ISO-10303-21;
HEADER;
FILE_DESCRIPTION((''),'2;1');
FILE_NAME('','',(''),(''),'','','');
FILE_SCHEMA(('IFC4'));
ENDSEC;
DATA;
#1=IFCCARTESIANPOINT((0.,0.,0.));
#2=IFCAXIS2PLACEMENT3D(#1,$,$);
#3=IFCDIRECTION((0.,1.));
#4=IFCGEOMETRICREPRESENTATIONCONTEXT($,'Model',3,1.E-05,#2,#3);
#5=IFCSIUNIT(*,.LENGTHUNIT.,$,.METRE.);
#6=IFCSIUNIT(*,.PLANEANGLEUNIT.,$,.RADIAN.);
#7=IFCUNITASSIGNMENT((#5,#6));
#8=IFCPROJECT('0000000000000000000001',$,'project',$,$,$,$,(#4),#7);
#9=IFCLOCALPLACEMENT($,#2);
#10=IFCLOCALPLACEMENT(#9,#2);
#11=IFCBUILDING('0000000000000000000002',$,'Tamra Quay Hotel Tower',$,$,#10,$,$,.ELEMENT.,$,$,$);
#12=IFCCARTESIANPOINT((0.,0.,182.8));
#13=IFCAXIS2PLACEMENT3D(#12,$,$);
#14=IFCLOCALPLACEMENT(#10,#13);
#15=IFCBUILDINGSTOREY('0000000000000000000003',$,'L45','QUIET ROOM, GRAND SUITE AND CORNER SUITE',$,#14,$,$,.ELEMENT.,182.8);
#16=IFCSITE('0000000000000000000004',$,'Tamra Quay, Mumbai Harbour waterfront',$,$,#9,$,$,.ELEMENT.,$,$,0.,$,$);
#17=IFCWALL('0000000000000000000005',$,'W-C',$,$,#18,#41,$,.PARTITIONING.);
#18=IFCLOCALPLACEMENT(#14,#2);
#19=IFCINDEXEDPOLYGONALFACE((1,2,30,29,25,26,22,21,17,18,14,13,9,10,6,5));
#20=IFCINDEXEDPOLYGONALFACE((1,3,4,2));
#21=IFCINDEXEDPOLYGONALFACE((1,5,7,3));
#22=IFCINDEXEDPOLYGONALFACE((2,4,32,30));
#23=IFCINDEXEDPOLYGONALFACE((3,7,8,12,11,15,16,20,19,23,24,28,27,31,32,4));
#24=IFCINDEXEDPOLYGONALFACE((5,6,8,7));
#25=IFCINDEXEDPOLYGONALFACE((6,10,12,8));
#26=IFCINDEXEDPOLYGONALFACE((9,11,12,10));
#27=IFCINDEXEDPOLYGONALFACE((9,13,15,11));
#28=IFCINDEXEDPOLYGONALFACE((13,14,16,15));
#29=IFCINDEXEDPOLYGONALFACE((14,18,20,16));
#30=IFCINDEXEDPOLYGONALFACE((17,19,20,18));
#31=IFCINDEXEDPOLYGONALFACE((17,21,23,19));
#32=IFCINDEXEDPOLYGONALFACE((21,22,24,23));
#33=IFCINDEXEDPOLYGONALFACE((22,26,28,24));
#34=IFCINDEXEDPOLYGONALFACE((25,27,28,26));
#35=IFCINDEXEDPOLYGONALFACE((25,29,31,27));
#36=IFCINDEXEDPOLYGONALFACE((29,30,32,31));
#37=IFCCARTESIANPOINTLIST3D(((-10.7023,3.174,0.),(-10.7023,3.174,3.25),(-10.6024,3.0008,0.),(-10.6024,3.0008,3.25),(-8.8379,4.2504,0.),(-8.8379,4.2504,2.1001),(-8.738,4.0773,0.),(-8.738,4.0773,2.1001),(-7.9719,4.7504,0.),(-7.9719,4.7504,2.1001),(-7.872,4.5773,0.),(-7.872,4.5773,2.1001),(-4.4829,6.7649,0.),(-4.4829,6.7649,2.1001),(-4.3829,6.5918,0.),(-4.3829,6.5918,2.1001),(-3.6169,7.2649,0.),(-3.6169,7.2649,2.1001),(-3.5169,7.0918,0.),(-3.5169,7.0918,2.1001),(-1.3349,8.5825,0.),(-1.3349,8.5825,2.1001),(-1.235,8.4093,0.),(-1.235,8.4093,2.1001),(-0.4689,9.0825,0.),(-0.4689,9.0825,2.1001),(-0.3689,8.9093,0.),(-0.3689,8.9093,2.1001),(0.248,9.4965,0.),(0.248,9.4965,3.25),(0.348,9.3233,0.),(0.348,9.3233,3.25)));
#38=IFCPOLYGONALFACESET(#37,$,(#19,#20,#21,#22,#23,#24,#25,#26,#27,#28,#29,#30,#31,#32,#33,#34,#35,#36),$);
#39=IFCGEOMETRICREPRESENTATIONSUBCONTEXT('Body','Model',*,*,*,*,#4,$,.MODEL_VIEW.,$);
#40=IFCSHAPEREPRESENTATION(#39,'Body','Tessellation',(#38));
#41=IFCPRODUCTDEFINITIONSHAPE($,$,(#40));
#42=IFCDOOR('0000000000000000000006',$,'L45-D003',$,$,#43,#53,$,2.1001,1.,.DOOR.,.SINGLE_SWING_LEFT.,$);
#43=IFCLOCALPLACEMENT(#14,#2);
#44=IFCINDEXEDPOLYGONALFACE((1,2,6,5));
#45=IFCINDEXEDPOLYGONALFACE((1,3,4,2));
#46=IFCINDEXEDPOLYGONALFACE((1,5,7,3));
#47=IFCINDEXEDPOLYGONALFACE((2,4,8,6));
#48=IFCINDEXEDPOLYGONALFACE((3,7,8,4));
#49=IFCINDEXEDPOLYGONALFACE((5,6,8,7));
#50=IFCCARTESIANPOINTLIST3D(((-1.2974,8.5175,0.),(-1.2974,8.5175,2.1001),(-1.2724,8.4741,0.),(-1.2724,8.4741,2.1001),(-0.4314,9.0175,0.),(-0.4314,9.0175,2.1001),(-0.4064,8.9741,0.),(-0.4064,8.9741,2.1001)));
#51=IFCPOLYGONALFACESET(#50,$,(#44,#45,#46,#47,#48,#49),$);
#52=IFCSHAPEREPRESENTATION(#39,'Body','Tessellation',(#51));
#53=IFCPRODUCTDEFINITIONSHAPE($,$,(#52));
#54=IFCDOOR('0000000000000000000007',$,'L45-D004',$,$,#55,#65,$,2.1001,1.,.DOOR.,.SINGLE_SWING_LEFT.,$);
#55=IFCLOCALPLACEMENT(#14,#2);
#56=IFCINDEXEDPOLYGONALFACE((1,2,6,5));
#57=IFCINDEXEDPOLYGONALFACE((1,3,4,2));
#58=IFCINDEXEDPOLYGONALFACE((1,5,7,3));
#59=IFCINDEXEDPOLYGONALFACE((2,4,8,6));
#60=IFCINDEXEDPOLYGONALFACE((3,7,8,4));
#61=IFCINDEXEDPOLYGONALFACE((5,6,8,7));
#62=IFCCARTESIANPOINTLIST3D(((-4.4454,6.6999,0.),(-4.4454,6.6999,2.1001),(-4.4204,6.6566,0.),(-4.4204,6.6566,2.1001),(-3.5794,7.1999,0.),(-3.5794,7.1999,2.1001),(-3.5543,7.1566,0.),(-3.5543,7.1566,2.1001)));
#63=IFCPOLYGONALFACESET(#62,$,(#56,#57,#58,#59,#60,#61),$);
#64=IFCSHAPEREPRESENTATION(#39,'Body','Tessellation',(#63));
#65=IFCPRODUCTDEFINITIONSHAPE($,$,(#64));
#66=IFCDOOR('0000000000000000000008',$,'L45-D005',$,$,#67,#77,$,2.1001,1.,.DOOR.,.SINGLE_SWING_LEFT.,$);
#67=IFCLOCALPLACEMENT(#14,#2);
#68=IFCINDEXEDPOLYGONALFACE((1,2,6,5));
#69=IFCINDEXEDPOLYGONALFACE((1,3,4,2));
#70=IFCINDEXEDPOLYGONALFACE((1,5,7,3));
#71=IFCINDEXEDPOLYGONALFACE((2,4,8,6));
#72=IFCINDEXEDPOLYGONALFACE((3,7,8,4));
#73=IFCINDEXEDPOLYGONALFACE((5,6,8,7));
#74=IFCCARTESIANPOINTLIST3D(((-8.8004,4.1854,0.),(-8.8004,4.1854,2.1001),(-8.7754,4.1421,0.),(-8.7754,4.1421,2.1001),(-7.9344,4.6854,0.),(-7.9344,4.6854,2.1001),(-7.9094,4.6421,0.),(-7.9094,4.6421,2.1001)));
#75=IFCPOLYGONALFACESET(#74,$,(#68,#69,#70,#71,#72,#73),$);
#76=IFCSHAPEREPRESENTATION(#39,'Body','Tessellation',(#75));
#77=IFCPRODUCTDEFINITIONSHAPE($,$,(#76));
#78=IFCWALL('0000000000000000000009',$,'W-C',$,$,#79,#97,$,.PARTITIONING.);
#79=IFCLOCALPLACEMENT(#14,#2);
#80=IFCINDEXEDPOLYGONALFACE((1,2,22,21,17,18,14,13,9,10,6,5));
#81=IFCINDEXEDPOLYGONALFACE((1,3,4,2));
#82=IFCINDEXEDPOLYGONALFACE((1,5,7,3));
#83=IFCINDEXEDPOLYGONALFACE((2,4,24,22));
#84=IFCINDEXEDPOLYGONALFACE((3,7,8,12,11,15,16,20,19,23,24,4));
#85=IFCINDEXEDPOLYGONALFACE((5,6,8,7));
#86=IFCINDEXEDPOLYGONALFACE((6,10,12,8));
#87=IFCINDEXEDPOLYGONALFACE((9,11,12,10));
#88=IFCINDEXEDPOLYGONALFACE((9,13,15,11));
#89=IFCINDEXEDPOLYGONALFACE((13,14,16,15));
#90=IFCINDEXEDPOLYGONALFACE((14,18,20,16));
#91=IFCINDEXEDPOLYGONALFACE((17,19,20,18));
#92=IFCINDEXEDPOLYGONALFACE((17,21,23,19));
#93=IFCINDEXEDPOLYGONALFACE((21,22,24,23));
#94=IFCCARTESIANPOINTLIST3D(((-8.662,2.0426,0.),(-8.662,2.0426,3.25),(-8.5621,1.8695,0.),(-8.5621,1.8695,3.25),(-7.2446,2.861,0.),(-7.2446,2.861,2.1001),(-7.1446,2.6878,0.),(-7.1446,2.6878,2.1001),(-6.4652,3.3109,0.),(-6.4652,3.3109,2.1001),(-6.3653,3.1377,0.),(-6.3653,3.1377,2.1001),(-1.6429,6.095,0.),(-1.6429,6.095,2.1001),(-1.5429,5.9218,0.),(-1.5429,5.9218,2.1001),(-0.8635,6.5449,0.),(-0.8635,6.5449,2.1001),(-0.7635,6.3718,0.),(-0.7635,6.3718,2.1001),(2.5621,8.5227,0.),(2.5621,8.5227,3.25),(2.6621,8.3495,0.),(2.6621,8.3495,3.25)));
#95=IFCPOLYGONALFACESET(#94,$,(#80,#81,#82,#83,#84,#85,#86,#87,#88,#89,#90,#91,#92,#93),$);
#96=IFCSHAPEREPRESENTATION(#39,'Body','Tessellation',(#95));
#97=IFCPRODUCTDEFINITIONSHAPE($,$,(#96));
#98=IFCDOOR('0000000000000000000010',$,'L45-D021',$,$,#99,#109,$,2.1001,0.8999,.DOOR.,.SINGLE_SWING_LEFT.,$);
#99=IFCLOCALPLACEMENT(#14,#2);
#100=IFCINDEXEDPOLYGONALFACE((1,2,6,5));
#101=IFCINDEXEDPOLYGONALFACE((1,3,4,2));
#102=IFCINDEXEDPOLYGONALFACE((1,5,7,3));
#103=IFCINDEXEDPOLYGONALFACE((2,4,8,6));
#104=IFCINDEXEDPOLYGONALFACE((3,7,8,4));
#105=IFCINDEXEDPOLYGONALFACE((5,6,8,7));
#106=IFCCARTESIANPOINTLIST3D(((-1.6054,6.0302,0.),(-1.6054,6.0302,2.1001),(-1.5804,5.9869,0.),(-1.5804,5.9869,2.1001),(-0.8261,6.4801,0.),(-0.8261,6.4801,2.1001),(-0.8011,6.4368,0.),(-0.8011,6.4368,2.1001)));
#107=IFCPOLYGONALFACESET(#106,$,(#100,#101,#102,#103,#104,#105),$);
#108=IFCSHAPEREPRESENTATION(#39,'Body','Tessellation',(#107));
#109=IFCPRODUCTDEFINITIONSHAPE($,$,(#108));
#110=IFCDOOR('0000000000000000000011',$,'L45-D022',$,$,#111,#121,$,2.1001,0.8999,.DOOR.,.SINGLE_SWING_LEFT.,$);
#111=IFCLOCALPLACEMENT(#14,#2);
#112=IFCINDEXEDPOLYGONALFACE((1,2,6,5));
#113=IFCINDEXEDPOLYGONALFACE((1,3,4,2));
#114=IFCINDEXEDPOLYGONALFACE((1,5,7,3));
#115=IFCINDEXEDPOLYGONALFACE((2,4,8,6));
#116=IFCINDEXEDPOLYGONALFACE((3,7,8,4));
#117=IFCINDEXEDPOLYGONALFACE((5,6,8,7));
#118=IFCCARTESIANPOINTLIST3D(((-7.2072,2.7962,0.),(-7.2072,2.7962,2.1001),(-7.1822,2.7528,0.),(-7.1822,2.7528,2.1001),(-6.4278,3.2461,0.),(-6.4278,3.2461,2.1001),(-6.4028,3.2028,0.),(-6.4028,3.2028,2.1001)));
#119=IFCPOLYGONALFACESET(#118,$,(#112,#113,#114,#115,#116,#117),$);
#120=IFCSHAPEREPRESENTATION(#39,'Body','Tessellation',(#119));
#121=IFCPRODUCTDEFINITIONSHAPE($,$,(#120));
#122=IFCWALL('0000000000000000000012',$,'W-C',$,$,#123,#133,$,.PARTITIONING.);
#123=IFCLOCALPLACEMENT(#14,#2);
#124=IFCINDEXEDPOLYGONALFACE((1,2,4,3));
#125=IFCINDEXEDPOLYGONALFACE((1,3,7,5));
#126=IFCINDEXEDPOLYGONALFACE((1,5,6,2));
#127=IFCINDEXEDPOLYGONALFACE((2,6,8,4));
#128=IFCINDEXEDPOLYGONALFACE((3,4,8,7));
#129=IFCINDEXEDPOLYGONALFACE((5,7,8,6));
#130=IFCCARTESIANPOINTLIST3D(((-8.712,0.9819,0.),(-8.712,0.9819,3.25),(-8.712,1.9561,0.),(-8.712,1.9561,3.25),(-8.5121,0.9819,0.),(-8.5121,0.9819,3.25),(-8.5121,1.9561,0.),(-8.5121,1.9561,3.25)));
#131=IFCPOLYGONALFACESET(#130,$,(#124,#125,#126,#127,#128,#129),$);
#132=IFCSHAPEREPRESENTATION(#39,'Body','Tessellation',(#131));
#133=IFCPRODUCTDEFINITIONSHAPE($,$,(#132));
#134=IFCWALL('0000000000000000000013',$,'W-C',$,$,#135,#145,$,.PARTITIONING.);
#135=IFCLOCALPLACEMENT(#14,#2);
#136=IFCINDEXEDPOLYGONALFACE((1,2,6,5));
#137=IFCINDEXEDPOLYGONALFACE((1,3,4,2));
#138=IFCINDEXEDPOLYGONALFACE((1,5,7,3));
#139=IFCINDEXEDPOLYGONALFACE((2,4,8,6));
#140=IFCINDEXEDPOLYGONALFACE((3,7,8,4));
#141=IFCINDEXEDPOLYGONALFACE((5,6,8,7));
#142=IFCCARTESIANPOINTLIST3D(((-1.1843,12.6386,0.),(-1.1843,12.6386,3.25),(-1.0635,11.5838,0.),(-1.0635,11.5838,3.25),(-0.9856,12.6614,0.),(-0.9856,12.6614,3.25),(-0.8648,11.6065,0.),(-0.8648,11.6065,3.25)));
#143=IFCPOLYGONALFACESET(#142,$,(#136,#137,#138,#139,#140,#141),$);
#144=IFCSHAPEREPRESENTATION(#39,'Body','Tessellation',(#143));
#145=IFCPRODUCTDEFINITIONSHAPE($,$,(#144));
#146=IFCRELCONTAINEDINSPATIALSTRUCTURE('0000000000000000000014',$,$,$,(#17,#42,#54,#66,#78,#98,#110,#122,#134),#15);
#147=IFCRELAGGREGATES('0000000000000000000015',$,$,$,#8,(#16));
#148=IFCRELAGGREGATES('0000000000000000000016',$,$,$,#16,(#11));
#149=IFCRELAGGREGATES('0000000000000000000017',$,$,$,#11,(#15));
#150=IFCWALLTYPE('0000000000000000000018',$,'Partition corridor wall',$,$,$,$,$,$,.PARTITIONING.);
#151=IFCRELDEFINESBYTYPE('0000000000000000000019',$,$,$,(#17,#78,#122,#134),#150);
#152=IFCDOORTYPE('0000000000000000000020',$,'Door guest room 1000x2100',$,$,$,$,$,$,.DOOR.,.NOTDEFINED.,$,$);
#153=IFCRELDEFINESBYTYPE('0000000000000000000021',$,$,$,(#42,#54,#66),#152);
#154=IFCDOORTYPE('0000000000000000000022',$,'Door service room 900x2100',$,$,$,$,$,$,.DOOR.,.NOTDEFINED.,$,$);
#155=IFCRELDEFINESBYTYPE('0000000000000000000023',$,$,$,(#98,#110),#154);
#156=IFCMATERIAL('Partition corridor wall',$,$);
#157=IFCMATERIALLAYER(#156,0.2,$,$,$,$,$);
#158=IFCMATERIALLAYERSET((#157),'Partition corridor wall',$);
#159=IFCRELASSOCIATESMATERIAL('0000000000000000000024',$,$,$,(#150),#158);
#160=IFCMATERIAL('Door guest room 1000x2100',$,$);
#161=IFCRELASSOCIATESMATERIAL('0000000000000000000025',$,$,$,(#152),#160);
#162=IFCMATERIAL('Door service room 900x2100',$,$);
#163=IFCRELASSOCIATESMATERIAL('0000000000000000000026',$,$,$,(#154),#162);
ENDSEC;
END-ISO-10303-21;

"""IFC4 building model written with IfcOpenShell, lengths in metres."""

from ifc_helpers import new_model, si_unit, direction, frame, frame_2d, origin, place, context, subcontext, project, spatial, rectangle, extrude, material, layer, layer_set, type_object, element, fill, save


model = new_model("IFC4")

# Units and contexts
model_context = context("Model", 3, precision=1e-05, world=origin(), true_north=direction((0.0, 1.0)))
body_context = subcontext(model_context, "Body", "Model", "MODEL_VIEW")
ifc_project = project(units=[si_unit("LENGTHUNIT", "METRE"), si_unit("PLANEANGLEUNIT", "RADIAN")], contexts=[model_context])

# Site, building, storey
site_placement = place(None, origin())
site = spatial("IfcSite", under=ifc_project, at=site_placement, Name="Tamra Quay, Mumbai Harbour waterfront", CompositionType="ELEMENT", RefElevation=0.0)
building_placement = place(site_placement, origin())
building = spatial("IfcBuilding", under=site, at=building_placement, Name="Tamra Quay Hotel Tower", CompositionType="ELEMENT")
storey_placement = place(building_placement, frame((0.0, 0.0, 182.8)))
storey = spatial("IfcBuildingStorey", under=building, at=storey_placement, Name="L45", Description="QUIET ROOM, GRAND SUITE AND CORNER SUITE", CompositionType="ELEMENT", Elevation=182.8)

# Walls, openings, doors
ifc_material_1 = material(Name="Partition corridor wall")
ifc_layer_1 = layer(ifc_material_1, 0.2)
ifc_layer_set_1 = layer_set([ifc_layer_1], Name="Partition corridor wall")
wall_type_1 = type_object("IfcWallType", Name="Partition corridor wall", PredefinedType="PARTITIONING", material=ifc_layer_set_1)
wall_1_placement = place(storey_placement, frame((-10.6523, 3.0874, 0.0), z_axis=(0.0, 0.0, 1.0), x_axis=(0.866016, 0.500016, 0.0)))
wall_1 = element("IfcWall", 1, at=wall_1_placement, inside=storey, type_object=wall_type_1, Name="W-C", PredefinedType="PARTITIONING", context=body_context, shape_type="SweptSolid", body=[
    extrude(rectangle(XDim=12.6445, YDim=0.2, at=frame_2d((6.3223, 0.0))), origin(), (0.0, 0.0, 1.0), 3.25),
])
opening_1_placement = place(wall_1_placement, frame((10.8167, 0.0, 0.0)))
opening_1 = element("IfcOpeningElement", 2, at=opening_1_placement, cuts=wall_1, PredefinedType="OPENING", context=body_context, shape_type="SweptSolid", body=[
    extrude(rectangle(XDim=1.0, YDim=2.1001, at=frame_2d((0.5, 1.05))), frame((0.0, 0.1099, 0.0), z_axis=(0.0, -1.0, 0.0), x_axis=(1.0, 0.0, 0.0)), (0.0, 0.0, 1.0), 0.22),
])
opening_2_placement = place(wall_1_placement, frame((7.1816, 0.0, 0.0)))
opening_2 = element("IfcOpeningElement", 3, at=opening_2_placement, cuts=wall_1, PredefinedType="OPENING", context=body_context, shape_type="SweptSolid", body=[
    extrude(rectangle(XDim=1.0, YDim=2.1001, at=frame_2d((0.5, 1.05))), frame((0.0, 0.1099, 0.0), z_axis=(0.0, -1.0, 0.0), x_axis=(1.0, 0.0, 0.0)), (0.0, 0.0, 1.0), 0.22),
])
opening_3_placement = place(wall_1_placement, frame((2.1528, 0.0, 0.0)))
opening_3 = element("IfcOpeningElement", 4, at=opening_3_placement, cuts=wall_1, PredefinedType="OPENING", context=body_context, shape_type="SweptSolid", body=[
    extrude(rectangle(XDim=1.0, YDim=2.1001, at=frame_2d((0.5, 1.05))), frame((0.0, 0.1099, 0.0), z_axis=(0.0, -1.0, 0.0), x_axis=(1.0, 0.0, 0.0)), (0.0, 0.0, 1.0), 0.22),
])
ifc_material_2 = material(Name="Door guest room 1000x2100")
door_type_1 = type_object("IfcDoorType", Name="Door guest room 1000x2100", OperationType="NOTDEFINED", PredefinedType="DOOR", material=ifc_material_2)
door_1_placement = place(opening_1_placement, origin())
door_1 = element("IfcDoor", 5, at=door_1_placement, inside=storey, type_object=door_type_1, Name="L45-D003", OperationType="SINGLE_SWING_LEFT", OverallHeight=2.1001, OverallWidth=1.0, PredefinedType="DOOR", context=body_context, shape_type="SweptSolid", body=[
    extrude(rectangle(XDim=1.0, YDim=2.1001, at=frame_2d((0.5, 1.05))), frame((0.0, 0.0249, 0.0), z_axis=(0.0, -1.0, 0.0), x_axis=(1.0, 0.0, 0.0)), (0.0, 0.0, 1.0), 0.05),
])
fill(opening_1, door_1)
door_2_placement = place(opening_2_placement, origin())
door_2 = element("IfcDoor", 6, at=door_2_placement, inside=storey, type_object=door_type_1, Name="L45-D004", OperationType="SINGLE_SWING_LEFT", OverallHeight=2.1001, OverallWidth=1.0, PredefinedType="DOOR", context=body_context, shape_type="SweptSolid", body=[
    extrude(rectangle(XDim=1.0, YDim=2.1001, at=frame_2d((0.5, 1.05))), frame((0.0, 0.0249, 0.0), z_axis=(0.0, -1.0, 0.0), x_axis=(1.0, 0.0, 0.0)), (0.0, 0.0, 1.0), 0.05),
])
fill(opening_2, door_2)
door_3_placement = place(opening_3_placement, origin())
door_3 = element("IfcDoor", 7, at=door_3_placement, inside=storey, type_object=door_type_1, Name="L45-D005", OperationType="SINGLE_SWING_LEFT", OverallHeight=2.1001, OverallWidth=1.0, PredefinedType="DOOR", context=body_context, shape_type="SweptSolid", body=[
    extrude(rectangle(XDim=1.0, YDim=2.1001, at=frame_2d((0.5, 1.05))), frame((0.0, 0.0249, 0.0), z_axis=(0.0, -1.0, 0.0), x_axis=(1.0, 0.0, 0.0)), (0.0, 0.0, 1.0), 0.05),
])
fill(opening_3, door_3)
wall_2_placement = place(storey_placement, frame((-8.6121, 1.9561, 0.0), z_axis=(0.0, 0.0, 1.0), x_axis=(0.866034, 0.499984, 0.0)))
wall_2 = element("IfcWall", 8, at=wall_2_placement, inside=storey, type_object=wall_type_1, Name="W-C", PredefinedType="PARTITIONING", context=body_context, shape_type="SweptSolid", body=[
    extrude(rectangle(XDim=12.9604, YDim=0.2, at=frame_2d((6.4802, 0.0))), origin(), (0.0, 0.0, 1.0), 3.25),
])
opening_4_placement = place(wall_2_placement, frame((8.105, 0.0, 0.0)))
opening_4 = element("IfcOpeningElement", 9, at=opening_4_placement, cuts=wall_2, PredefinedType="OPENING", context=body_context, shape_type="SweptSolid", body=[
    extrude(rectangle(XDim=0.8999, YDim=2.1001, at=frame_2d((0.45, 1.05))), frame((0.0, 0.1099, 0.0), z_axis=(0.0, -1.0, 0.0), x_axis=(1.0, 0.0, 0.0)), (0.0, 0.0, 1.0), 0.22),
])
opening_5_placement = place(wall_2_placement, frame((1.6367, 0.0, 0.0)))
opening_5 = element("IfcOpeningElement", 10, at=opening_5_placement, cuts=wall_2, PredefinedType="OPENING", context=body_context, shape_type="SweptSolid", body=[
    extrude(rectangle(XDim=0.8999, YDim=2.1001, at=frame_2d((0.45, 1.05))), frame((0.0, 0.1099, 0.0), z_axis=(0.0, -1.0, 0.0), x_axis=(1.0, 0.0, 0.0)), (0.0, 0.0, 1.0), 0.22),
])
ifc_material_3 = material(Name="Door service room 900x2100")
door_type_2 = type_object("IfcDoorType", Name="Door service room 900x2100", OperationType="NOTDEFINED", PredefinedType="DOOR", material=ifc_material_3)
door_4_placement = place(opening_4_placement, frame((0.8999, 0.0, 0.0), z_axis=(0.0, 0.0, 1.0), x_axis=(-1.0, 0.0, 0.0)))
door_4 = element("IfcDoor", 11, at=door_4_placement, inside=storey, type_object=door_type_2, Name="L45-D021", OperationType="SINGLE_SWING_LEFT", OverallHeight=2.1001, OverallWidth=0.8999, PredefinedType="DOOR", context=body_context, shape_type="SweptSolid", body=[
    extrude(rectangle(XDim=0.8999, YDim=2.1001, at=frame_2d((0.45, 1.05))), frame((0.0, 0.0249, 0.0), z_axis=(0.0, -1.0, 0.0), x_axis=(1.0, 0.0, 0.0)), (0.0, 0.0, 1.0), 0.05),
])
fill(opening_4, door_4)
door_5_placement = place(opening_5_placement, frame((0.8999, 0.0, 0.0), z_axis=(0.0, 0.0, 1.0), x_axis=(-1.0, 0.0, 0.0)))
door_5 = element("IfcDoor", 12, at=door_5_placement, inside=storey, type_object=door_type_2, Name="L45-D022", OperationType="SINGLE_SWING_LEFT", OverallHeight=2.1001, OverallWidth=0.8999, PredefinedType="DOOR", context=body_context, shape_type="SweptSolid", body=[
    extrude(rectangle(XDim=0.8999, YDim=2.1001, at=frame_2d((0.45, 1.05))), frame((0.0, 0.0249, 0.0), z_axis=(0.0, -1.0, 0.0), x_axis=(1.0, 0.0, 0.0)), (0.0, 0.0, 1.0), 0.05),
])
fill(opening_5, door_5)

# Walls
wall_3_placement = place(storey_placement, frame((-8.6121, 0.9819, 0.0), z_axis=(0.0, 0.0, 1.0), x_axis=(0.0, 1.0, 0.0)))
element("IfcWall", 13, at=wall_3_placement, inside=storey, type_object=wall_type_1, Name="W-C", PredefinedType="PARTITIONING", context=body_context, shape_type="SweptSolid", body=[
    extrude(rectangle(XDim=0.9741, YDim=0.2, at=frame_2d((0.4871, 0.0))), origin(), (0.0, 0.0, 1.0), 3.25),
])
wall_4_placement = place(storey_placement, frame((-1.085, 12.6499, 0.0), z_axis=(0.0, 0.0, 1.0), x_axis=(0.113812, -0.993502, 0.0)))
element("IfcWall", 14, at=wall_4_placement, inside=storey, type_object=wall_type_1, Name="W-C", PredefinedType="PARTITIONING", context=body_context, shape_type="SweptSolid", body=[
    extrude(rectangle(XDim=1.0618, YDim=0.2, at=frame_2d((0.5308, 0.0))), origin(), (0.0, 0.0, 1.0), 3.25),
])

save(model, "model.ifc")
